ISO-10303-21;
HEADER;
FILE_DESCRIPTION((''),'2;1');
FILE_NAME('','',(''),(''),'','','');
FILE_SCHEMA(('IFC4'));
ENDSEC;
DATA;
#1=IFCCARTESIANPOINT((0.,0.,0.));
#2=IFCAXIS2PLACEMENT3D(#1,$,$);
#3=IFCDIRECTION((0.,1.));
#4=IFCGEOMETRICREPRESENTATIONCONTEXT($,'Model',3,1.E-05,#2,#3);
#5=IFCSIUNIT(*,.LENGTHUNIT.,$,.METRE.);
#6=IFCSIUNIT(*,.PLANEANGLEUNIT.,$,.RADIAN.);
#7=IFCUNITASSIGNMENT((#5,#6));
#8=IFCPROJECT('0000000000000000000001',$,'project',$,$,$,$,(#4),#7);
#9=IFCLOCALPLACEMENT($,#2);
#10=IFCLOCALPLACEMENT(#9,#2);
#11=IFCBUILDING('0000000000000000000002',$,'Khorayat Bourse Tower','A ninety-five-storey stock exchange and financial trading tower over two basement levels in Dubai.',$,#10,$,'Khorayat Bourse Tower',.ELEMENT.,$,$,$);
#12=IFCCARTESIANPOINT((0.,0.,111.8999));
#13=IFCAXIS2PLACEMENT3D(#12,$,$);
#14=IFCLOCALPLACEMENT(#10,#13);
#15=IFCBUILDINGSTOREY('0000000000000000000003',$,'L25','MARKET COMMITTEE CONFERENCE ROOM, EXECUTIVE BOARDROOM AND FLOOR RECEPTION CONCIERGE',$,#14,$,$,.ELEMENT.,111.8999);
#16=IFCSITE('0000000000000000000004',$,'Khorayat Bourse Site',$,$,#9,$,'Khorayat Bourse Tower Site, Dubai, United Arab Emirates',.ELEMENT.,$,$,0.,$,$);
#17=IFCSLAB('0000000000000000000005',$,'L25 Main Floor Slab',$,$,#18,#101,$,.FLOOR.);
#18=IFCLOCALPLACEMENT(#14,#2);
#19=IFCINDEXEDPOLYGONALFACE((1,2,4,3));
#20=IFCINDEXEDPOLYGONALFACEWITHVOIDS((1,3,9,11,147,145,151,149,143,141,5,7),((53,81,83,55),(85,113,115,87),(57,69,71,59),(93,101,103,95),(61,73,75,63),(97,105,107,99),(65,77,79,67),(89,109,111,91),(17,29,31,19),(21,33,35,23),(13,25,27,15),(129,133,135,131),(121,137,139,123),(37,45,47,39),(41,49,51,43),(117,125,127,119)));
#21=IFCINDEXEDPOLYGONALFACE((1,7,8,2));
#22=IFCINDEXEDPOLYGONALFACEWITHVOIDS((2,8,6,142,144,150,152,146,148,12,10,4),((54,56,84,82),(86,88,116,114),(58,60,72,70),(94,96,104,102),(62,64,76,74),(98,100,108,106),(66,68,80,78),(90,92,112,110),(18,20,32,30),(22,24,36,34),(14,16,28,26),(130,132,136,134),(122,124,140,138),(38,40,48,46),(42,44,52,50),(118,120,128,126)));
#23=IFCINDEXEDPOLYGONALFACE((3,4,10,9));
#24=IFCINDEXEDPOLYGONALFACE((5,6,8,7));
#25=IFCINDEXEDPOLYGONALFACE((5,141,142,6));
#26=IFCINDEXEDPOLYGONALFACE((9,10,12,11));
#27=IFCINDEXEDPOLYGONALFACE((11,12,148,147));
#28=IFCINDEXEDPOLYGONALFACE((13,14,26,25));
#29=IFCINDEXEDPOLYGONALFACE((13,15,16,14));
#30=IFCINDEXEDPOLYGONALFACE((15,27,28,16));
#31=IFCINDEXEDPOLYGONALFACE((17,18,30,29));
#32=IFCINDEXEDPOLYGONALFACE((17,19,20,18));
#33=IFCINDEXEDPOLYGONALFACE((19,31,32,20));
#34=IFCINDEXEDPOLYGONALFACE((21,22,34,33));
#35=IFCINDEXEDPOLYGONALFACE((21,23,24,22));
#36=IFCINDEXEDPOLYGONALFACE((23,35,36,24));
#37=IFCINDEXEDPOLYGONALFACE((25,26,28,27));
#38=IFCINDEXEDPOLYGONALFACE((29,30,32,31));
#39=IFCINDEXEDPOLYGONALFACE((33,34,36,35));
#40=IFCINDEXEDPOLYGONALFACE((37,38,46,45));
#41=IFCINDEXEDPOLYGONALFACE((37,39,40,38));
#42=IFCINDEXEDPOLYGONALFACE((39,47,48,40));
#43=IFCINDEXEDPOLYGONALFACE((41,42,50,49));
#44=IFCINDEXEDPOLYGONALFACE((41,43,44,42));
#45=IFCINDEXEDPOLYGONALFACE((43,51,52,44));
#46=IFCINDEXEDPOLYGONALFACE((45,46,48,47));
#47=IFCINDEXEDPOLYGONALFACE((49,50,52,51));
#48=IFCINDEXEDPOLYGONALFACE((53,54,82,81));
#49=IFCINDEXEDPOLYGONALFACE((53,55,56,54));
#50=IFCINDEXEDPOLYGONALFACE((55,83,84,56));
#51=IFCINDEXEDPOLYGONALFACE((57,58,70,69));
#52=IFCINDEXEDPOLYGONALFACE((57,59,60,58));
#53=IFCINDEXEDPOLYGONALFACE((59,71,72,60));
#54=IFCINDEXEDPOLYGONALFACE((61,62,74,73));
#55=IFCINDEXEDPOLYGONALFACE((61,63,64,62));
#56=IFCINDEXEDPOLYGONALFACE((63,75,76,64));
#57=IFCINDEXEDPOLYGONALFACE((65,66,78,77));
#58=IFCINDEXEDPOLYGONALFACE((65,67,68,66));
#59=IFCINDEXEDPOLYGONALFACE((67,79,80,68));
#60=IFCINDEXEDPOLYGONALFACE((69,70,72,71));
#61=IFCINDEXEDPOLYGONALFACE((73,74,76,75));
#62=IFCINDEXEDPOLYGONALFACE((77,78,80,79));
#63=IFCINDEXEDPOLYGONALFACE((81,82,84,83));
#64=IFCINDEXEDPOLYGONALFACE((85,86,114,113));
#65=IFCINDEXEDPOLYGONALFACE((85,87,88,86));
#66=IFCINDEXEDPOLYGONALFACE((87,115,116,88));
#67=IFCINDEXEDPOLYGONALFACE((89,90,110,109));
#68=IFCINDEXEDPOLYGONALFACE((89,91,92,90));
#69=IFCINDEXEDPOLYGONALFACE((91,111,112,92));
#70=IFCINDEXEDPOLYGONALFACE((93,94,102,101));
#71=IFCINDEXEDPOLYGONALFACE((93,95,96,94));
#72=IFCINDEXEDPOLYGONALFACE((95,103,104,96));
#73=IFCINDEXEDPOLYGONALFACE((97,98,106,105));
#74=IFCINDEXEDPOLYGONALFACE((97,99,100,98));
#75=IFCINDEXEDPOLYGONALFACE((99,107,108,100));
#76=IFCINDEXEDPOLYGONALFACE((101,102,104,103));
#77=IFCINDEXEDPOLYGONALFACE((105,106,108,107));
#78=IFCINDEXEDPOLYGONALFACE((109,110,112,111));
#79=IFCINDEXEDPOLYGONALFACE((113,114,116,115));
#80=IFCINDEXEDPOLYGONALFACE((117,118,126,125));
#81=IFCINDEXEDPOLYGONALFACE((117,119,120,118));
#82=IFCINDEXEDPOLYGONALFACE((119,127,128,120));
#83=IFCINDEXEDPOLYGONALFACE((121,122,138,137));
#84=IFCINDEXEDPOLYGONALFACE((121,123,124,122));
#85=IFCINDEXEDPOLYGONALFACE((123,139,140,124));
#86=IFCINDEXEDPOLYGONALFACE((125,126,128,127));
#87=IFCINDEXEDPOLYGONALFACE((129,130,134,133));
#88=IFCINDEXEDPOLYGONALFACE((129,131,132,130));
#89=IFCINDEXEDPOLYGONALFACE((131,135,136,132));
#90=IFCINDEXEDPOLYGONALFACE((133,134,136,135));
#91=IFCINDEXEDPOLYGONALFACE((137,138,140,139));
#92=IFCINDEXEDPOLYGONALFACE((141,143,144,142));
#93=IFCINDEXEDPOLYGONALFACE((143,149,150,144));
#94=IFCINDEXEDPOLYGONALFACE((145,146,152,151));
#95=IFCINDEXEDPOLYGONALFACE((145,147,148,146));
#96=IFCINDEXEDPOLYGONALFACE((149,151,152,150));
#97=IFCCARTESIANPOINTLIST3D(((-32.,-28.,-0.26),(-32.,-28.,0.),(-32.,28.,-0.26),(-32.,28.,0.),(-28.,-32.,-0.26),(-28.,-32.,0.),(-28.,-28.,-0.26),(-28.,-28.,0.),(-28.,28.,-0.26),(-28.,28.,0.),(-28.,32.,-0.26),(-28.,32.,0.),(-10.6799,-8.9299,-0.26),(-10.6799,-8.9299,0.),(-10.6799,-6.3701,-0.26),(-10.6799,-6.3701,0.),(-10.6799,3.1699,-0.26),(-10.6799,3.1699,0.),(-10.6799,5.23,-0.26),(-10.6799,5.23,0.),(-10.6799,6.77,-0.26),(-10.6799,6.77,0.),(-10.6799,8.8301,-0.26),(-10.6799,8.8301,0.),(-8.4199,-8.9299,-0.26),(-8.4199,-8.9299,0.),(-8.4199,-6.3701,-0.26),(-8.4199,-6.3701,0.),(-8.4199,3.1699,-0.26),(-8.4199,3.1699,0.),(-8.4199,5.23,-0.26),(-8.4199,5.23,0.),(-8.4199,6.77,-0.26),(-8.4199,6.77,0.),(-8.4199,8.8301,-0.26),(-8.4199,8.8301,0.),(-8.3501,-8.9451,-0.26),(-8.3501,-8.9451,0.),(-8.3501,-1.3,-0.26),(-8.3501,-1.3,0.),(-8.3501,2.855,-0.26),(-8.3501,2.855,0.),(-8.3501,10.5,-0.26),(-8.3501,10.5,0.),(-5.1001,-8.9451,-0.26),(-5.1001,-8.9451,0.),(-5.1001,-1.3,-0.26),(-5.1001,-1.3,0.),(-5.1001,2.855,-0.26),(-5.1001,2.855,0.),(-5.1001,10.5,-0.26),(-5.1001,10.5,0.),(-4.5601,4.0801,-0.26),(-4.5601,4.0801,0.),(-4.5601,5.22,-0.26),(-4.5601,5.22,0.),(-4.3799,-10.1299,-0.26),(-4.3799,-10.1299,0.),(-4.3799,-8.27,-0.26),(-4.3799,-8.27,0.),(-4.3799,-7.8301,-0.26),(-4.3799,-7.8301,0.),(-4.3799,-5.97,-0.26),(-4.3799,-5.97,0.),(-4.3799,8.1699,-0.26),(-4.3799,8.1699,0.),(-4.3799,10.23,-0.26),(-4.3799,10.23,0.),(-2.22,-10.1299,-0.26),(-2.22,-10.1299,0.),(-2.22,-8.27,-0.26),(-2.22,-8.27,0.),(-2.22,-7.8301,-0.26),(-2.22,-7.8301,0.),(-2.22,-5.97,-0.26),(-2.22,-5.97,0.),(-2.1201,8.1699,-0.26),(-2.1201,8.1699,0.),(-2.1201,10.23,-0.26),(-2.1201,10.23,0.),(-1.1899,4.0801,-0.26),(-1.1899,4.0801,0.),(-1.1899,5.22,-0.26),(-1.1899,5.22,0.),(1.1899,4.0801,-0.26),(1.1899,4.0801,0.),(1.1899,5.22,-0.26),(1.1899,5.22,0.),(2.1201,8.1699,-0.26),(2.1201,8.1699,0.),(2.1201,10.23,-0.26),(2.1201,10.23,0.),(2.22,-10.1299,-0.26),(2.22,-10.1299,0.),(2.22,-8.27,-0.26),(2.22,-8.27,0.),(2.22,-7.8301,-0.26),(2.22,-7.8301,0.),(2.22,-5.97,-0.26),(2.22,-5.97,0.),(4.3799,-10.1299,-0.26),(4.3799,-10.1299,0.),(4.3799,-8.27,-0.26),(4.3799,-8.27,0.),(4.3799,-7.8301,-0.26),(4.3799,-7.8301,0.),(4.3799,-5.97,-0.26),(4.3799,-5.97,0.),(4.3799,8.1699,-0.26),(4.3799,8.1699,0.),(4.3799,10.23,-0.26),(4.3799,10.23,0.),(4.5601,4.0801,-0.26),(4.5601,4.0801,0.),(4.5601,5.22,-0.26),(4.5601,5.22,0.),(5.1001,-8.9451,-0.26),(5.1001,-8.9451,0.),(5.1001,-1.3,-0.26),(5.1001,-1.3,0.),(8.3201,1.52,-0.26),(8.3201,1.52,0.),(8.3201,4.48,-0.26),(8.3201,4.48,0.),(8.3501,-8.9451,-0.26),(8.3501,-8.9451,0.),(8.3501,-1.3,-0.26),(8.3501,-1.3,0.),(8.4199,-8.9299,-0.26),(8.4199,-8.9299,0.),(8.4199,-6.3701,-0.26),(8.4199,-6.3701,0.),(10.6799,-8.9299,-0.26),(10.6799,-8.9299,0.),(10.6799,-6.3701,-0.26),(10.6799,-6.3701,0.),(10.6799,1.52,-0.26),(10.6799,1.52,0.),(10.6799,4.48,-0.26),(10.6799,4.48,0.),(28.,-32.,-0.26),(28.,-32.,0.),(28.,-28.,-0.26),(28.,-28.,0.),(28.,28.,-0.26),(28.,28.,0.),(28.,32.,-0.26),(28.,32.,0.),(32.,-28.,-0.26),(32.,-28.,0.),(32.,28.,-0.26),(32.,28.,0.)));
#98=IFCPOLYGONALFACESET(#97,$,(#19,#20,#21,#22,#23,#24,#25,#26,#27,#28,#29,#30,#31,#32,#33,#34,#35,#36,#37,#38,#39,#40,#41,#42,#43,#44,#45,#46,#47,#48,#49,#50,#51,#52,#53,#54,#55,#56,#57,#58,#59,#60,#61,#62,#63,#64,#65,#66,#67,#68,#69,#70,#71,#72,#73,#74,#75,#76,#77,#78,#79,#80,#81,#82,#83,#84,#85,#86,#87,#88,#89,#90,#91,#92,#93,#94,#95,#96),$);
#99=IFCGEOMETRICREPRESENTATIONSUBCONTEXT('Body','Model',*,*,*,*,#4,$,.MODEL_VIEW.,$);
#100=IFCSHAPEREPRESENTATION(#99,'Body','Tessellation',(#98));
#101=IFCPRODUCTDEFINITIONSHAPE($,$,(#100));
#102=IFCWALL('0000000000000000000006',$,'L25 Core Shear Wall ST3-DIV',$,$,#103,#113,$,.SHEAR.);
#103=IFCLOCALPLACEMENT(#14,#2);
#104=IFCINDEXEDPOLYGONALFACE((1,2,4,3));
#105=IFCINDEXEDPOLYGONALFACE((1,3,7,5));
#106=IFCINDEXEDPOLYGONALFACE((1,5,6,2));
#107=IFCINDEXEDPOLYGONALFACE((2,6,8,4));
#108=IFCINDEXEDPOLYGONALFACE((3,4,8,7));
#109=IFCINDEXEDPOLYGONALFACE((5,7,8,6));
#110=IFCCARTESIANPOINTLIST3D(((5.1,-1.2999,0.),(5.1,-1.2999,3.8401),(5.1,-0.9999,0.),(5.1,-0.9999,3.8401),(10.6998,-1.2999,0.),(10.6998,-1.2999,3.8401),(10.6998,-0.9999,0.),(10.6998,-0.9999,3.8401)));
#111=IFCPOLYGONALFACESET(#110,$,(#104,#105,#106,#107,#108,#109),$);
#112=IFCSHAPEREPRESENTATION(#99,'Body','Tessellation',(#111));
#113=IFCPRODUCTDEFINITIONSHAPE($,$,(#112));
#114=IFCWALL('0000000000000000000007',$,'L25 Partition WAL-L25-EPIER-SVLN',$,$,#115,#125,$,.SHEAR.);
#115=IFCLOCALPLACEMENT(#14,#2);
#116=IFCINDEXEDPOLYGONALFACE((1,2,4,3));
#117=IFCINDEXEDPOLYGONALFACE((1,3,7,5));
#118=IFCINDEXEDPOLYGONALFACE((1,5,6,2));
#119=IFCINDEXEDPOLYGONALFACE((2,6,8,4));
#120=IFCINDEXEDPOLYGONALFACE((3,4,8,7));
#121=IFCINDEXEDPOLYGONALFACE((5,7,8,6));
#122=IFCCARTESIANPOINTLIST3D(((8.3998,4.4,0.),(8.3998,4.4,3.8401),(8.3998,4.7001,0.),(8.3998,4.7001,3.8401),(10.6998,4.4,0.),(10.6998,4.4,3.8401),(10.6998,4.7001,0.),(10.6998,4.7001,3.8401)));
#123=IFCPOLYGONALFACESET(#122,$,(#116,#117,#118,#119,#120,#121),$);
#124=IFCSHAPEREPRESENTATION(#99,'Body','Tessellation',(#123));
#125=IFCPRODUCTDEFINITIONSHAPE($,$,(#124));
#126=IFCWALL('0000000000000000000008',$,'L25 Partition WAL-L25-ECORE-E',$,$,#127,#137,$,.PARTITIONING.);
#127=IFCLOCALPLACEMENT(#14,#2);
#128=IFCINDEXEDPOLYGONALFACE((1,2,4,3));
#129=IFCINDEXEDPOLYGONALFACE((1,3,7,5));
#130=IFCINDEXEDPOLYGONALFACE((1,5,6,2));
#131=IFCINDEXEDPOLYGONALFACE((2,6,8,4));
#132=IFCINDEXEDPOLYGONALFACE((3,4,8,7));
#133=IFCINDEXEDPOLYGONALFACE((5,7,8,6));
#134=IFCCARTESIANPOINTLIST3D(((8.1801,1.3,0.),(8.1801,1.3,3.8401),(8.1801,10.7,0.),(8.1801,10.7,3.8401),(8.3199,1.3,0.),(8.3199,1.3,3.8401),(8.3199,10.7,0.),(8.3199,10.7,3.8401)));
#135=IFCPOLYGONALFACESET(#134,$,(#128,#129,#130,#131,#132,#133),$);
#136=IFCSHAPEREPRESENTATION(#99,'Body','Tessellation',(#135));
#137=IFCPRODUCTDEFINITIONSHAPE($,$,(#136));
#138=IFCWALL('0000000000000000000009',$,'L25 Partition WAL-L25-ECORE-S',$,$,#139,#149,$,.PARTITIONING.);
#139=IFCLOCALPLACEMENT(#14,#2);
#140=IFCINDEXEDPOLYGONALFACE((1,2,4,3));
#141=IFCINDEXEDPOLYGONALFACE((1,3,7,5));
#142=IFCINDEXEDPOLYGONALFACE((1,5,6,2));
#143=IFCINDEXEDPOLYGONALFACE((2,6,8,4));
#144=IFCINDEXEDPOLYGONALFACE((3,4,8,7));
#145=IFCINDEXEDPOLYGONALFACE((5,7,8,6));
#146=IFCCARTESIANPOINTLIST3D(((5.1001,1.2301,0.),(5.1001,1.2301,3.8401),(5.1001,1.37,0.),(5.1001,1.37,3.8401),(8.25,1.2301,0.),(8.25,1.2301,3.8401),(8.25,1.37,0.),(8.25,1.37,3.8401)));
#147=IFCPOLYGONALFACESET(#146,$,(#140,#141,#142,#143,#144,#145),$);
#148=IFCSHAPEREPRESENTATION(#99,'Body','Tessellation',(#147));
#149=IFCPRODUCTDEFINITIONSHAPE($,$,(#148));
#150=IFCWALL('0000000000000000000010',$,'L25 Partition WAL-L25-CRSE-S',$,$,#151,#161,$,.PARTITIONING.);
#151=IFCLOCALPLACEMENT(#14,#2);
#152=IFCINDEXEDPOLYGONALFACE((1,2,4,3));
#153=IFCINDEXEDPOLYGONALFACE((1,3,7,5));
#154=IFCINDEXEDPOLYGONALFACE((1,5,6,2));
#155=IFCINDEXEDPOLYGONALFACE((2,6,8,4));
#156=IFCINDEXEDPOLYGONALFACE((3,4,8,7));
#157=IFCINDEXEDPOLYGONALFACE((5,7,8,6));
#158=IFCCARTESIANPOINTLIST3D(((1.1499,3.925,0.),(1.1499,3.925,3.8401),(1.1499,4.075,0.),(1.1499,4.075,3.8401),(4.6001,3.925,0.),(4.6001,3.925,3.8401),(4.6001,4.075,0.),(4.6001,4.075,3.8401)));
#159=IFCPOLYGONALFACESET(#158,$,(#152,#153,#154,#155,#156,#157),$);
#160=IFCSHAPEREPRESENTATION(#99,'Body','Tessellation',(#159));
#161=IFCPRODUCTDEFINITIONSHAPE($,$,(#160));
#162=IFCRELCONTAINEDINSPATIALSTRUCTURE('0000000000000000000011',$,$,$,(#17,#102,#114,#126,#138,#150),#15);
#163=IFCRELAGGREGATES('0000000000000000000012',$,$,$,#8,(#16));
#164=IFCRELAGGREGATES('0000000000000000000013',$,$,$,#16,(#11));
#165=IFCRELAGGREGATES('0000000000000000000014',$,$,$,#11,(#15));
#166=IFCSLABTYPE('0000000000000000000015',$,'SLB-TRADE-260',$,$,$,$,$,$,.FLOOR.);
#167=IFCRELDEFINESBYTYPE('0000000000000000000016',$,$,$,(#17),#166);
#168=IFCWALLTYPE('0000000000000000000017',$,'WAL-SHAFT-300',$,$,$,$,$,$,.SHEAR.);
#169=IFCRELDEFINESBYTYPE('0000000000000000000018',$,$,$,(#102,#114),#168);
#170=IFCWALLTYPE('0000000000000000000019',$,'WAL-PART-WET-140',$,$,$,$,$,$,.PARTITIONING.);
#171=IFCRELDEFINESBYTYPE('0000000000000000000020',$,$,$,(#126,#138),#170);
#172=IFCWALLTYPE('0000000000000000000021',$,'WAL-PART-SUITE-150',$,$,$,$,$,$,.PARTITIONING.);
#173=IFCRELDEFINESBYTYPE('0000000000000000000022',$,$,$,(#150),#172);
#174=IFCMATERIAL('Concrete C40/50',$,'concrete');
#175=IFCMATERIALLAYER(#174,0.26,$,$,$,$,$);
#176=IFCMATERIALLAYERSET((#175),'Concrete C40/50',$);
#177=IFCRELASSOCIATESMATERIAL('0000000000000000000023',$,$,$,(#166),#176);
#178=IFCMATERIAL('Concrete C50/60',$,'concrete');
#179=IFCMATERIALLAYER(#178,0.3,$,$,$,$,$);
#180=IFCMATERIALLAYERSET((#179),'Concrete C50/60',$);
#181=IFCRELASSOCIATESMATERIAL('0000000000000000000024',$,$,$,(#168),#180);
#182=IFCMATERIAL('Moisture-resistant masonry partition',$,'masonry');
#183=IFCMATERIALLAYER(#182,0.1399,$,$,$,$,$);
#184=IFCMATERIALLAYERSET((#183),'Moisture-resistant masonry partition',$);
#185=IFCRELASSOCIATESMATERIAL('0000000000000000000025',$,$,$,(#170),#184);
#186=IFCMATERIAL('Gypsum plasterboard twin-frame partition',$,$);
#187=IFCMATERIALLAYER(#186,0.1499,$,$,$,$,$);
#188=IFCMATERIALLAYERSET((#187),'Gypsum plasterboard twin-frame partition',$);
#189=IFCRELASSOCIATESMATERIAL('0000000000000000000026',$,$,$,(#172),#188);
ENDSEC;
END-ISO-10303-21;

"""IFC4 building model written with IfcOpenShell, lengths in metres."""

from ifc_helpers import new_model, si_unit, direction, frame, frame_2d, origin, place, context, subcontext, project, spatial, polyline, rectangle, outline, extrude, source, transform, mapped, material, layer, layer_set, type_object, element, save


model = new_model("IFC4")

# Units and contexts
model_context = context("Model", 3, precision=1e-05, world=origin(), true_north=direction((0.0, 1.0)))
body_context = subcontext(model_context, "Body", "Model", "MODEL_VIEW")
ifc_project = project(units=[si_unit("LENGTHUNIT", "METRE"), si_unit("PLANEANGLEUNIT", "RADIAN")], contexts=[model_context])

# Site, building, storey
site_placement = place(None, origin())
site = spatial("IfcSite", under=ifc_project, at=site_placement, Name="Khorayat Bourse Site", LongName="Khorayat Bourse Tower Site, Dubai, United Arab Emirates", CompositionType="ELEMENT", RefElevation=0.0)
building_placement = place(site_placement, origin())
building = spatial("IfcBuilding", under=site, at=building_placement, Name="Khorayat Bourse Tower", Description="A ninety-five-storey stock exchange and financial trading tower over two basement levels in Dubai.", LongName="Khorayat Bourse Tower", CompositionType="ELEMENT")
storey_placement = place(building_placement, frame((0.0, 0.0, 111.8999)))
storey = spatial("IfcBuildingStorey", under=building, at=storey_placement, Name="L25", Description="MARKET COMMITTEE CONFERENCE ROOM, EXECUTIVE BOARDROOM AND FLOOR RECEPTION CONCIERGE", CompositionType="ELEMENT", Elevation=111.8999)

# Shared definitions
ifc_material_1 = material(Name="Concrete C40/50", Category="concrete")

# Slab
ifc_layer_1 = layer(ifc_material_1, 0.26)
ifc_layer_set_1 = layer_set([ifc_layer_1], Name="Concrete C40/50")
slab_type_1 = type_object("IfcSlabType", Name="SLB-TRADE-260", PredefinedType="FLOOR", material=ifc_layer_set_1)
slab_1_placement = place(storey_placement, frame((0.0, 0.0, -0.26)))
element("IfcSlab", 1, at=slab_1_placement, inside=storey, type_object=slab_type_1, Name="L25 Main Floor Slab", PredefinedType="FLOOR", context=body_context, shape_type="SweptSolid", body=[
    extrude(outline(polyline([(-28.0, -32.0), (28.0, -32.0), (28.0, -28.0), (32.0, -28.0), (32.0, 28.0), (28.0, 28.0), (28.0, 32.0), (-28.0, 32.0), (-28.0, 28.0), (-32.0, 28.0), (-32.0, -28.0), (-28.0, -28.0), (-28.0, -32.0)]), holes=[polyline([(-8.3501, -8.9451), (-5.1001, -8.9451), (-5.1001, -1.3), (-8.3501, -1.3), (-8.3501, -8.9451)]), polyline([(-8.3501, 2.855), (-5.1001, 2.855), (-5.1001, 10.5), (-8.3501, 10.5), (-8.3501, 2.855)]), polyline([(5.1001, -8.9451), (8.3501, -8.9451), (8.3501, -1.3), (5.1001, -1.3), (5.1001, -8.9451)]), polyline([(-4.3799, -10.1299), (-2.22, -10.1299), (-2.22, -8.27), (-4.3799, -8.27), (-4.3799, -10.1299)]), polyline([(2.22, -10.1299), (4.3799, -10.1299), (4.3799, -8.27), (2.22, -8.27), (2.22, -10.1299)]), polyline([(-4.3799, -7.8301), (-2.22, -7.8301), (-2.22, -5.97), (-4.3799, -5.97), (-4.3799, -7.8301)]), polyline([(2.22, -7.8301), (4.3799, -7.8301), (4.3799, -5.97), (2.22, -5.97), (2.22, -7.8301)]), polyline([(-4.3799, 8.1699), (-2.1201, 8.1699), (-2.1201, 10.23), (-4.3799, 10.23), (-4.3799, 8.1699)]), polyline([(2.1201, 8.1699), (4.3799, 8.1699), (4.3799, 10.23), (2.1201, 10.23), (2.1201, 8.1699)]), polyline([(-10.6799, 3.1699), (-8.4199, 3.1699), (-8.4199, 5.23), (-10.6799, 5.23), (-10.6799, 3.1699)]), polyline([(-10.6799, 6.77), (-8.4199, 6.77), (-8.4199, 8.8301), (-10.6799, 8.8301), (-10.6799, 6.77)]), polyline([(-10.6799, -8.9299), (-8.4199, -8.9299), (-8.4199, -6.3701), (-10.6799, -6.3701), (-10.6799, -8.9299)]), polyline([(8.4199, -8.9299), (10.6799, -8.9299), (10.6799, -6.3701), (8.4199, -6.3701), (8.4199, -8.9299)]), polyline([(8.3201, 1.52), (10.6799, 1.52), (10.6799, 4.48), (8.3201, 4.48), (8.3201, 1.52)]), polyline([(-4.5601, 4.0801), (-1.1899, 4.0801), (-1.1899, 5.22), (-4.5601, 5.22), (-4.5601, 4.0801)]), polyline([(1.1899, 4.0801), (4.5601, 4.0801), (4.5601, 5.22), (1.1899, 5.22), (1.1899, 4.0801)])]), origin(), (0.0, 0.0, 1.0), 0.26),
])

# Walls
ifc_material_2 = material(Name="Concrete C50/60", Category="concrete")
ifc_layer_2 = layer(ifc_material_2, 0.3)
ifc_layer_set_2 = layer_set([ifc_layer_2], Name="Concrete C50/60")
wall_type_1 = type_object("IfcWallType", Name="WAL-SHAFT-300", PredefinedType="SHEAR", material=ifc_layer_set_2)
shared_shape_1 = source(origin(), body_context, "Body", "SweptSolid", [
    extrude(rectangle(XDim=5.5999, YDim=0.3, at=frame_2d((2.7998, 0.0))), origin(), (0.0, 0.0, 1.0), 3.8401),
])
wall_1_placement = place(storey_placement, frame((5.1001, -1.1499, 0.0), z_axis=(0.0, 0.0, 1.0), x_axis=(1.0, 0.0, 0.0)))
element("IfcWall", 2, at=wall_1_placement, inside=storey, type_object=wall_type_1, Name="L25 Core Shear Wall ST3-DIV", PredefinedType="SHEAR", context=body_context, shape_type="MappedRepresentation", body=[
    mapped(shared_shape_1, transform((0.0, 0.0, 0.0), scale=1.0)),
])
shared_shape_2 = source(origin(), body_context, "Body", "SweptSolid", [
    extrude(rectangle(XDim=2.3, YDim=0.3, at=frame_2d((1.1499, 0.0))), origin(), (0.0, 0.0, 1.0), 3.8401),
])
wall_2_placement = place(storey_placement, frame((8.3999, 4.55, 0.0), z_axis=(0.0, 0.0, 1.0), x_axis=(1.0, 0.0, 0.0)))
element("IfcWall", 3, at=wall_2_placement, inside=storey, type_object=wall_type_1, Name="L25 Partition WAL-L25-EPIER-SVLN", PredefinedType="SHEAR", context=body_context, shape_type="MappedRepresentation", body=[
    mapped(shared_shape_2, transform((0.0, 0.0, 0.0), scale=1.0)),
])
ifc_material_3 = material(Name="Moisture-resistant masonry partition", Category="masonry")
ifc_layer_3 = layer(ifc_material_3, 0.1399)
ifc_layer_set_3 = layer_set([ifc_layer_3], Name="Moisture-resistant masonry partition")
wall_type_2 = type_object("IfcWallType", Name="WAL-PART-WET-140", PredefinedType="PARTITIONING", material=ifc_layer_set_3)
shared_shape_3 = source(origin(), body_context, "Body", "SweptSolid", [
    extrude(rectangle(XDim=9.3999, YDim=0.1399, at=frame_2d((4.7, 0.0))), origin(), (0.0, 0.0, 1.0), 3.8401),
])
wall_3_placement = place(storey_placement, frame((8.25, 1.3, 0.0), z_axis=(0.0, 0.0, 1.0), x_axis=(0.0, 1.0, 0.0)))
element("IfcWall", 4, at=wall_3_placement, inside=storey, type_object=wall_type_2, Name="L25 Partition WAL-L25-ECORE-E", PredefinedType="PARTITIONING", context=body_context, shape_type="MappedRepresentation", body=[
    mapped(shared_shape_3, transform((0.0, 0.0, 0.0), scale=1.0)),
])
shared_shape_4 = source(origin(), body_context, "Body", "SweptSolid", [
    extrude(rectangle(XDim=3.1499, YDim=0.1399, at=frame_2d((1.575, 0.0))), origin(), (0.0, 0.0, 1.0), 3.8401),
])
wall_4_placement = place(storey_placement, frame((5.1001, 1.3, 0.0), z_axis=(0.0, 0.0, 1.0), x_axis=(1.0, 0.0, 0.0)))
element("IfcWall", 5, at=wall_4_placement, inside=storey, type_object=wall_type_2, Name="L25 Partition WAL-L25-ECORE-S", PredefinedType="PARTITIONING", context=body_context, shape_type="MappedRepresentation", body=[
    mapped(shared_shape_4, transform((0.0, 0.0, 0.0), scale=1.0)),
])

# Wall
ifc_material_4 = material(Name="Gypsum plasterboard twin-frame partition")
ifc_layer_4 = layer(ifc_material_4, 0.1499)
ifc_layer_set_4 = layer_set([ifc_layer_4], Name="Gypsum plasterboard twin-frame partition")
wall_type_3 = type_object("IfcWallType", Name="WAL-PART-SUITE-150", PredefinedType="PARTITIONING", material=ifc_layer_set_4)
shared_shape_5 = source(origin(), body_context, "Body", "SweptSolid", [
    extrude(rectangle(XDim=3.4502, YDim=0.1499, at=frame_2d((1.7251, 0.0))), origin(), (0.0, 0.0, 1.0), 3.8401),
])
wall_5_placement = place(storey_placement, frame((1.1499, 4.0, 0.0), z_axis=(0.0, 0.0, 1.0), x_axis=(1.0, 0.0, 0.0)))
element("IfcWall", 6, at=wall_5_placement, inside=storey, type_object=wall_type_3, Name="L25 Partition WAL-L25-CRSE-S", PredefinedType="PARTITIONING", context=body_context, shape_type="MappedRepresentation", body=[
    mapped(shared_shape_5, transform((0.0, 0.0, 0.0), scale=1.0)),
])

save(model, "model.ifc")
